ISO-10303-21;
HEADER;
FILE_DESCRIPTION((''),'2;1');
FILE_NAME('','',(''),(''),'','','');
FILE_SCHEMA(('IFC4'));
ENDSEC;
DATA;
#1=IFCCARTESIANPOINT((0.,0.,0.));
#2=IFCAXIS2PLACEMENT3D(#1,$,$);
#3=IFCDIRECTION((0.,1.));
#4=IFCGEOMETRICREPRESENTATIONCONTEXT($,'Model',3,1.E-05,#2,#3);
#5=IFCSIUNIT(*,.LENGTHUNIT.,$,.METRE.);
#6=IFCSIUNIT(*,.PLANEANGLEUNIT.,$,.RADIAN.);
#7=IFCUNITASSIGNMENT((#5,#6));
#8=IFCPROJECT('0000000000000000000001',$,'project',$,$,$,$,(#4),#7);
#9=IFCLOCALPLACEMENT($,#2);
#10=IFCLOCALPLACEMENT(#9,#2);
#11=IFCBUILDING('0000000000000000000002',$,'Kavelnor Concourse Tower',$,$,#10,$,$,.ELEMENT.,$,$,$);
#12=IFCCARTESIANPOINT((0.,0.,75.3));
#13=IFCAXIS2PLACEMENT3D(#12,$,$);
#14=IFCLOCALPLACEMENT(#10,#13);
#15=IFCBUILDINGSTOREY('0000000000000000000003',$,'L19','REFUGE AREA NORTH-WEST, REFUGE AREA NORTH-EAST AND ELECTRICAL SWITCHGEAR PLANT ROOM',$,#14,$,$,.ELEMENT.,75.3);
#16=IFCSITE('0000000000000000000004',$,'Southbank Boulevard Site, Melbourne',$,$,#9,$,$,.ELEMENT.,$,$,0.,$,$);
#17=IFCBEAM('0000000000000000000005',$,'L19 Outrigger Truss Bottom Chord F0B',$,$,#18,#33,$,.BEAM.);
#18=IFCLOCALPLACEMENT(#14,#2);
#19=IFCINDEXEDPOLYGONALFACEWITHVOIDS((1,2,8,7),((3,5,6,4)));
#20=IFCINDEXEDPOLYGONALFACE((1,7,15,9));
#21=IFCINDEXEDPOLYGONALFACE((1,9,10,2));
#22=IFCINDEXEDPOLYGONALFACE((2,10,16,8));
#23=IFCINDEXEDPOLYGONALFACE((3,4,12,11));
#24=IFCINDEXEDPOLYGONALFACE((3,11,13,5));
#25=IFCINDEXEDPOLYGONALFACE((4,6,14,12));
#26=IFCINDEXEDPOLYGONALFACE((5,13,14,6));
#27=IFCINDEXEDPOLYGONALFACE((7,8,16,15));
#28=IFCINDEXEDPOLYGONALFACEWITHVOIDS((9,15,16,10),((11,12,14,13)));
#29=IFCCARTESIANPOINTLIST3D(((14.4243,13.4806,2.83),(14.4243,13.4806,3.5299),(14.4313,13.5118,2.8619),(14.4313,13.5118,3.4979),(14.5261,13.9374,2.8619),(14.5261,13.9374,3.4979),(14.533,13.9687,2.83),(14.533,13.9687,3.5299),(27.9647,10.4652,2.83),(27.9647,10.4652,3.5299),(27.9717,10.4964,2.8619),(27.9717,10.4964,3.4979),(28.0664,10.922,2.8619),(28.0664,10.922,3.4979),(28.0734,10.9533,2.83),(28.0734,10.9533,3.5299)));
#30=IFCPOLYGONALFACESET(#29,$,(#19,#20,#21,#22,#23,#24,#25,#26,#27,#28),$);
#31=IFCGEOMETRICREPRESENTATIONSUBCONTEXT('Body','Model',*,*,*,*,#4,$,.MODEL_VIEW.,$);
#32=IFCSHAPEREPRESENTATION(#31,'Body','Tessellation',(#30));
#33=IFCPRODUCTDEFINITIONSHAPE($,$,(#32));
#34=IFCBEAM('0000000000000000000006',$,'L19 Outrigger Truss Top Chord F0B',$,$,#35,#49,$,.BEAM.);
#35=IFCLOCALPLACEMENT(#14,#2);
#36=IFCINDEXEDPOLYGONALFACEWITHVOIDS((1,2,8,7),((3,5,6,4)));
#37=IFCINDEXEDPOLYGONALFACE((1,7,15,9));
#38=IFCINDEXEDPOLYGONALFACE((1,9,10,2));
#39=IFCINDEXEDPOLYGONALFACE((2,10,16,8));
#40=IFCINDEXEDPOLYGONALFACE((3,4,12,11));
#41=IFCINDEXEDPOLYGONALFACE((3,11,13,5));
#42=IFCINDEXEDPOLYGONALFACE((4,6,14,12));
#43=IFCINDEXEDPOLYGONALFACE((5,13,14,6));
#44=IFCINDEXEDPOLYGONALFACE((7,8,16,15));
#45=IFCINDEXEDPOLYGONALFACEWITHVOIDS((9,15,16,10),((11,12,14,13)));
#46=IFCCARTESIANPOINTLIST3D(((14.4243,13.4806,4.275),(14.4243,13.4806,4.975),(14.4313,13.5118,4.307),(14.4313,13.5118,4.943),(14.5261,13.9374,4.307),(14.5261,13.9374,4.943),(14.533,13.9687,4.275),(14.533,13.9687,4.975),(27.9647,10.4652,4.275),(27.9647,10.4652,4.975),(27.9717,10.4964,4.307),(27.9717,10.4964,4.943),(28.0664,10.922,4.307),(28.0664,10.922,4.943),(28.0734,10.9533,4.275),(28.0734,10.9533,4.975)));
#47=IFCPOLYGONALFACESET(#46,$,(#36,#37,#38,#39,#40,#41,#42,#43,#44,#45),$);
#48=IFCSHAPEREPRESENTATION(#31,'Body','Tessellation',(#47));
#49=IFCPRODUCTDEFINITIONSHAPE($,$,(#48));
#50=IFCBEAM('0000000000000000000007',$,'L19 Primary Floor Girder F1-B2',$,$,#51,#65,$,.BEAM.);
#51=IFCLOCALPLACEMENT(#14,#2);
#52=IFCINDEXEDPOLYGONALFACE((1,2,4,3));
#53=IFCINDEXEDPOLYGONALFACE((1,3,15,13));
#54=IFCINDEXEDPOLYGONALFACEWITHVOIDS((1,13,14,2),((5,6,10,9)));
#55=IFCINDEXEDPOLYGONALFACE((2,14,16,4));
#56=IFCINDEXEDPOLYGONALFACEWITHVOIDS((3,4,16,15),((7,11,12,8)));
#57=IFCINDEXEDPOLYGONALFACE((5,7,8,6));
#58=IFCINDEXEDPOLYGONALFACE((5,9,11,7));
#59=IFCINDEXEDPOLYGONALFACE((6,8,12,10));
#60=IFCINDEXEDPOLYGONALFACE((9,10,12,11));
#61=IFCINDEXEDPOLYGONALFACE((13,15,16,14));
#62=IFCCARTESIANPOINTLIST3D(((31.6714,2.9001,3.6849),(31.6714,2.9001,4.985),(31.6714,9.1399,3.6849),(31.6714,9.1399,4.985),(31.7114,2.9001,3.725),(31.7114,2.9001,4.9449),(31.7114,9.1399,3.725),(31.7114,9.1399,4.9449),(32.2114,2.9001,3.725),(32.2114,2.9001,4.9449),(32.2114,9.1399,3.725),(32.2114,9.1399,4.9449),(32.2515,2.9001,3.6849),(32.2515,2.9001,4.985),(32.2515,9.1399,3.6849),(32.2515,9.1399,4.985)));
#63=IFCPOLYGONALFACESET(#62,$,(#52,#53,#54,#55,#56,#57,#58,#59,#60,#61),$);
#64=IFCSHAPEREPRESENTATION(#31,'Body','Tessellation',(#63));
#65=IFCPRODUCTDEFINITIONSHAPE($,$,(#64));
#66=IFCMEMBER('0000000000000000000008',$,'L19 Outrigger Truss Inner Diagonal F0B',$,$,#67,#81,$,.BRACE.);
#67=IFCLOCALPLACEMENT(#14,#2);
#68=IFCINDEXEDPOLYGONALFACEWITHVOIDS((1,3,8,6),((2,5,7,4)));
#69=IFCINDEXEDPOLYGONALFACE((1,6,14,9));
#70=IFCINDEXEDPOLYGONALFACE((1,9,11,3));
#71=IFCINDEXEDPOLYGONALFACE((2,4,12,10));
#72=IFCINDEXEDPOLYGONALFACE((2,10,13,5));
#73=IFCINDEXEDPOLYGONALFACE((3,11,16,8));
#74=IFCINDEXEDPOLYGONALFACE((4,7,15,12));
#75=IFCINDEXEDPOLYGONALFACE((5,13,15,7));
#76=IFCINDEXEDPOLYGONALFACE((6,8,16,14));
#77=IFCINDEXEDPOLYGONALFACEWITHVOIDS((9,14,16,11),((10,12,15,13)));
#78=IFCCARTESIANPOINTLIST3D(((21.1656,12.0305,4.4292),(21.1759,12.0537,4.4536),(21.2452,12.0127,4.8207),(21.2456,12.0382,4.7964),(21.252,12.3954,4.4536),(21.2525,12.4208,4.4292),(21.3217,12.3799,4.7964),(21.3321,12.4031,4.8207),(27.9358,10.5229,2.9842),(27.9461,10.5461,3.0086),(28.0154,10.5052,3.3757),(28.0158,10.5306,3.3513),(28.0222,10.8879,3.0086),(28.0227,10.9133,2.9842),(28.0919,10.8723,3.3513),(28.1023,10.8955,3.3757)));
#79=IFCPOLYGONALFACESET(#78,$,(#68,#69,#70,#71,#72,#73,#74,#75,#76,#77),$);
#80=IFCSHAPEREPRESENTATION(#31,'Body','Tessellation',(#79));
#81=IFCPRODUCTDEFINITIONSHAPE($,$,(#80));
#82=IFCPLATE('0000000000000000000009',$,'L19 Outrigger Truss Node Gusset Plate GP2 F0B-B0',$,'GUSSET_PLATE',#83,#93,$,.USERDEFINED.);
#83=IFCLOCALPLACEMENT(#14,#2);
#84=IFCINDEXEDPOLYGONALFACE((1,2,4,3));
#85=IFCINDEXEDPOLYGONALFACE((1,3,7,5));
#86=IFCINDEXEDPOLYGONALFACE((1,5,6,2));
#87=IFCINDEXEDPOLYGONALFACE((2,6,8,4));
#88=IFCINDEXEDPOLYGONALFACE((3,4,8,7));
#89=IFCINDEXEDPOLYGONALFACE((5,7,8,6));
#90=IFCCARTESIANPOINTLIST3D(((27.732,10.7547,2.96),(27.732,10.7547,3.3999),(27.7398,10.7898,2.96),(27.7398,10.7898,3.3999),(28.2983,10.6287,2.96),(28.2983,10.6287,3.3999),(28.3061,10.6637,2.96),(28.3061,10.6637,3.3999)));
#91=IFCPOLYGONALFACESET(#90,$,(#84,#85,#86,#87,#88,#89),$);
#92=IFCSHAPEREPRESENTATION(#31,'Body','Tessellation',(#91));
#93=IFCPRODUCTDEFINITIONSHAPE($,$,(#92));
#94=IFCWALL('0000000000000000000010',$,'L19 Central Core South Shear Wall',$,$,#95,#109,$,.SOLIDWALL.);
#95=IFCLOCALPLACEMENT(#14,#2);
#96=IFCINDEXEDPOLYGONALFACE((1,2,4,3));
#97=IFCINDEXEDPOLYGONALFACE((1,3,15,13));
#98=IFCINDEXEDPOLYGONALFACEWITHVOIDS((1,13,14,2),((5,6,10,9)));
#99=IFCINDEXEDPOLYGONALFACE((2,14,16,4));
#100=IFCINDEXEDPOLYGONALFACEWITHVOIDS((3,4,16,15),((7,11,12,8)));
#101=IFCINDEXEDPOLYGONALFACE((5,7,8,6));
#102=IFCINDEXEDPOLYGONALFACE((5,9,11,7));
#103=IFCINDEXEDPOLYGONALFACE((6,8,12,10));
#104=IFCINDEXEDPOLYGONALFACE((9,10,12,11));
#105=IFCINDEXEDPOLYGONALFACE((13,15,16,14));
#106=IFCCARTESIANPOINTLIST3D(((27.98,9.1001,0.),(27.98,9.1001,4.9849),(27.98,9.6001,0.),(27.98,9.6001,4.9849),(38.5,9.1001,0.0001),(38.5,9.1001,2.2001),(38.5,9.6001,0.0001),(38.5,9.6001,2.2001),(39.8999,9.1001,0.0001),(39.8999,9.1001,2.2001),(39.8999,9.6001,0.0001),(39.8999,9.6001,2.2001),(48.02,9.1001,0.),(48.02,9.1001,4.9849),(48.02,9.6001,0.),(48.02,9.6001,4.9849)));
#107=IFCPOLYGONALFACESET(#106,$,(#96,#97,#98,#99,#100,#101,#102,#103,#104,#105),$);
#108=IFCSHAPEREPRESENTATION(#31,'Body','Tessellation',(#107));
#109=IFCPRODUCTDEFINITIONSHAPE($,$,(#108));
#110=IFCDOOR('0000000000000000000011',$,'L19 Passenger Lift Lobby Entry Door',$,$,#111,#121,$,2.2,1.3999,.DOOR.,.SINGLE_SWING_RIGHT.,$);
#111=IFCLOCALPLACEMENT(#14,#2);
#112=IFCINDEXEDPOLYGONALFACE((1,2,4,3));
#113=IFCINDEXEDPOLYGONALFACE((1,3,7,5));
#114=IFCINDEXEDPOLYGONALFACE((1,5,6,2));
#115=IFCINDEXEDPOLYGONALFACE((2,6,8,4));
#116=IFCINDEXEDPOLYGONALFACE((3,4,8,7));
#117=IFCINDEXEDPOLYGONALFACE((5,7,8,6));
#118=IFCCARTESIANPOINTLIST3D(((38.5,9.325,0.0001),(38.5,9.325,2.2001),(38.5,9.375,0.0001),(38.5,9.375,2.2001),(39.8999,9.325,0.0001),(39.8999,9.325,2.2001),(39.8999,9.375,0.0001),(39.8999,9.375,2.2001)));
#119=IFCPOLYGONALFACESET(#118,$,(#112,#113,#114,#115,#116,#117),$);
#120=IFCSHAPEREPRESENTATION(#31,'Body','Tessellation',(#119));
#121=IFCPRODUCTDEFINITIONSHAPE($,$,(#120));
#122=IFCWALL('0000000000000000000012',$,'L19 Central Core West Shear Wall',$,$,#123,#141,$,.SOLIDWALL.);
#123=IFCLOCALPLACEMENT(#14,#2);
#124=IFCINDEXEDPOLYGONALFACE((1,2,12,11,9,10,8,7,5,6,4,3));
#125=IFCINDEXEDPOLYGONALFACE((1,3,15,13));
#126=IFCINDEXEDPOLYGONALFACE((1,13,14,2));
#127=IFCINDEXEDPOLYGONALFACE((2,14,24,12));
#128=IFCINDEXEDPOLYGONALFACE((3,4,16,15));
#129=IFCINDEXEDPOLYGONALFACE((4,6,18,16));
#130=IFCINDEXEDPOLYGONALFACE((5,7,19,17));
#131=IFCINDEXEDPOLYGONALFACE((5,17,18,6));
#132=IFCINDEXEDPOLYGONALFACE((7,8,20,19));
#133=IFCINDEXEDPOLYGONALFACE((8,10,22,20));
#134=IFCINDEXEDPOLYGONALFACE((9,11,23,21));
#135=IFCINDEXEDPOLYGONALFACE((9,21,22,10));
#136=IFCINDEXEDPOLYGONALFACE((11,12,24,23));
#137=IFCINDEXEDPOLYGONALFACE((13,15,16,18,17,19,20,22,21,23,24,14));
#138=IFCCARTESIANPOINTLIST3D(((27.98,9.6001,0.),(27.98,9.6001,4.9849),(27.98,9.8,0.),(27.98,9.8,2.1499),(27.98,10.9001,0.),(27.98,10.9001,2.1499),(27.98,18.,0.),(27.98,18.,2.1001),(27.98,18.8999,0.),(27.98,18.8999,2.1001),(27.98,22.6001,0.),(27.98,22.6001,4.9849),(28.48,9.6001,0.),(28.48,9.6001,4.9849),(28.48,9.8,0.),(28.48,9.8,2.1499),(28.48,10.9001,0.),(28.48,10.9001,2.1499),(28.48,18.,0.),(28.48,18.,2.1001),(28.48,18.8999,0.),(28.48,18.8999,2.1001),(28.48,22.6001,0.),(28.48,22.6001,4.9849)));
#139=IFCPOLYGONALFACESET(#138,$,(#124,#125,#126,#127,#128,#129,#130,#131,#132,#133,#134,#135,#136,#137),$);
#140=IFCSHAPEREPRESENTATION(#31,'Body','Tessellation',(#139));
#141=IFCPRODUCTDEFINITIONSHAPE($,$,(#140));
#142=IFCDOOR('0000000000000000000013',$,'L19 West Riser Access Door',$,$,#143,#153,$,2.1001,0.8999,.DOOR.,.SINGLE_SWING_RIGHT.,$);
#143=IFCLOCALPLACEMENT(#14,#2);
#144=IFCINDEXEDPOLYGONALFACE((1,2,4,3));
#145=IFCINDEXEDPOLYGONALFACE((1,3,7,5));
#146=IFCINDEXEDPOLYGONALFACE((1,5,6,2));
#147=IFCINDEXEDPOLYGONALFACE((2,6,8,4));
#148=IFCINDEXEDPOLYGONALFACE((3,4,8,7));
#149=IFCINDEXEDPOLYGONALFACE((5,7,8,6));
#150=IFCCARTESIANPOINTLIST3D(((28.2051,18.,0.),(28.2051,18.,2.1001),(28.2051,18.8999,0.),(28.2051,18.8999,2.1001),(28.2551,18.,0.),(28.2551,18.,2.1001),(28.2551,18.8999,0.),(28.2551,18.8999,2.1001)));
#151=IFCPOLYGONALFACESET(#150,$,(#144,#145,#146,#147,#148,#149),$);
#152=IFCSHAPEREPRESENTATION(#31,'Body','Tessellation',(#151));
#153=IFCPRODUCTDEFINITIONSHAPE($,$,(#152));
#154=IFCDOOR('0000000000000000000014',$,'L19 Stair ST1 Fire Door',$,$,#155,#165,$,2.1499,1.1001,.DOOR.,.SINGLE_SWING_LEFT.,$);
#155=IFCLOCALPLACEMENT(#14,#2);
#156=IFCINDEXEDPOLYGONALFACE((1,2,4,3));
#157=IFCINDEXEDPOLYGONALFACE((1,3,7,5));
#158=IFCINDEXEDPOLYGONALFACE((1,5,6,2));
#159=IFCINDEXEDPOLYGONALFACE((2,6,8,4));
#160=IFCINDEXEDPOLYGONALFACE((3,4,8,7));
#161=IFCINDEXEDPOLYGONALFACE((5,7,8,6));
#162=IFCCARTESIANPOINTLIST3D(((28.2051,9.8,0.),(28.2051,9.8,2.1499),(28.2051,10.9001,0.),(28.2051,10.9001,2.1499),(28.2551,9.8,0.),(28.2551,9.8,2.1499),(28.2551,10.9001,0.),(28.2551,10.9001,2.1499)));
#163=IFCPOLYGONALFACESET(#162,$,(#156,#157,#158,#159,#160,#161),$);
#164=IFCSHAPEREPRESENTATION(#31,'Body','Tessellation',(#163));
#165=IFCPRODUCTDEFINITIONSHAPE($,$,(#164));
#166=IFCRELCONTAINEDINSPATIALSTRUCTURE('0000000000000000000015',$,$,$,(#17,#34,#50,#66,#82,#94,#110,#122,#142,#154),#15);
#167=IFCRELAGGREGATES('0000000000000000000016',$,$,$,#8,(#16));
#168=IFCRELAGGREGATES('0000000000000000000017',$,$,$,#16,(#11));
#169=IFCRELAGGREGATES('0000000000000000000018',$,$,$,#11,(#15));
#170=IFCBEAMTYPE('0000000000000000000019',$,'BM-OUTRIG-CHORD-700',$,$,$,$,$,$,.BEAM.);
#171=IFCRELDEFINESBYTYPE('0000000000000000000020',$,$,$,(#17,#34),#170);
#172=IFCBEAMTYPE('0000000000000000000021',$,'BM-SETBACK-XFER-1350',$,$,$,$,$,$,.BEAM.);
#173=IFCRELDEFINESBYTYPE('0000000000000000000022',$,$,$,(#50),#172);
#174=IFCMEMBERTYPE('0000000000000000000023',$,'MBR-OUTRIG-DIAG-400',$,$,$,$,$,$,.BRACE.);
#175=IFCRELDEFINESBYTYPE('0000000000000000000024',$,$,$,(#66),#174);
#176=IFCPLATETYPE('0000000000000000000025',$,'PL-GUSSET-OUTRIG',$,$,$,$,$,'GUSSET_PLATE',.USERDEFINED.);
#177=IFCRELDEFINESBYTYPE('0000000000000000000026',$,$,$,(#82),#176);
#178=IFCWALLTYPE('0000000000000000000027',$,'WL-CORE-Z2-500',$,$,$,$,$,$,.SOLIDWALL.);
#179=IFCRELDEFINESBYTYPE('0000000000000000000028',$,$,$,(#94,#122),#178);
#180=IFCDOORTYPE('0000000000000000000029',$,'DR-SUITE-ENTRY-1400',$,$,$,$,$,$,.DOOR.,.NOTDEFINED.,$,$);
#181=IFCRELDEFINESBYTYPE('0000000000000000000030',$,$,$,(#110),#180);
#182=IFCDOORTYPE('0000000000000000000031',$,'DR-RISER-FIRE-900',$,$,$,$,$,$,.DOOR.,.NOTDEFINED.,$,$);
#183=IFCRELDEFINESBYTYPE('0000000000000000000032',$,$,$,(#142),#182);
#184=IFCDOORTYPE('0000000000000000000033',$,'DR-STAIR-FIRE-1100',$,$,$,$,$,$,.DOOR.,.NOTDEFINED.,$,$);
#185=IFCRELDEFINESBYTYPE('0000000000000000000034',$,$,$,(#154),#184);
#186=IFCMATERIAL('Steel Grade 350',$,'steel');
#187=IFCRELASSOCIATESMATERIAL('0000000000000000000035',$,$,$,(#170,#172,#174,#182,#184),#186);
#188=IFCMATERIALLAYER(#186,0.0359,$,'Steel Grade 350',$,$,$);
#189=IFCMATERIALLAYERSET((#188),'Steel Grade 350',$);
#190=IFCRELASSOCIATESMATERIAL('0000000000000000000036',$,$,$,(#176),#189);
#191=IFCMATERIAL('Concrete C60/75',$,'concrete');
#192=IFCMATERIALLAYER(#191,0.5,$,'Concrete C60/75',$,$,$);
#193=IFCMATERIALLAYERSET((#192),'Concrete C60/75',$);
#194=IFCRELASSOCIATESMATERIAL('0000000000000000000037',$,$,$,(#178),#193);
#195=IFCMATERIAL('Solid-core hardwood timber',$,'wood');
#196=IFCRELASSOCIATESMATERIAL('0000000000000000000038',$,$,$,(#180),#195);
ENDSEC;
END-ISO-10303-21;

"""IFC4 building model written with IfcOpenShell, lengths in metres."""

from ifc_helpers import new_model, si_unit, direction, frame, frame_2d, origin, origin_2d, place, context, subcontext, project, spatial, rectangle, hollow_rectangle, extrude, material, layer, layer_set, material_profile, profile_set, type_object, element, fill, save


model = new_model("IFC4")

# Units and contexts
model_context = context("Model", 3, precision=1e-05, world=origin(), true_north=direction((0.0, 1.0)))
body_context = subcontext(model_context, "Body", "Model", "MODEL_VIEW")
ifc_project = project(units=[si_unit("LENGTHUNIT", "METRE"), si_unit("PLANEANGLEUNIT", "RADIAN")], contexts=[model_context])

# Site, building, storey
site_placement = place(None, origin())
site = spatial("IfcSite", under=ifc_project, at=site_placement, Name="Southbank Boulevard Site, Melbourne", CompositionType="ELEMENT", RefElevation=0.0)
building_placement = place(site_placement, origin())
building = spatial("IfcBuilding", under=site, at=building_placement, Name="Kavelnor Concourse Tower", CompositionType="ELEMENT")
storey_placement = place(building_placement, frame((0.0, 0.0, 75.3)))
storey = spatial("IfcBuildingStorey", under=building, at=storey_placement, Name="L19", Description="REFUGE AREA NORTH-WEST, REFUGE AREA NORTH-EAST AND ELECTRICAL SWITCHGEAR PLANT ROOM", CompositionType="ELEMENT", Elevation=75.3)

# Beams
ifc_material_1 = material(Name="Steel Grade 350", Category="steel")
ifc_material_profile_1 = material_profile(ifc_material_1, hollow_rectangle(XDim=0.5, YDim=0.7, WallThickness=0.032, at=origin_2d()), Name="RHS 700x500x32")
ifc_profile_set_1 = profile_set([ifc_material_profile_1], Name="Steel Grade 350")
beam_type_1 = type_object("IfcBeamType", Name="BM-OUTRIG-CHORD-700", PredefinedType="BEAM", material=ifc_profile_set_1)
for number, where, z_axis, x_axis, name in (
    (1, (28.019, 10.7092, 3.1799), (-0.976089, 0.217372, 0.0), (-0.217372, -0.976089, 0.0), "L19 Outrigger Truss Bottom Chord F0B"),
    (2, (28.019, 10.7092, 4.625), (-0.976089, 0.217372, 0.0), (-0.217372, -0.976089, 0.0), "L19 Outrigger Truss Top Chord F0B"),
):
    element("IfcBeam", number, at=place(storey_placement, frame(where, z_axis=z_axis, x_axis=x_axis)), inside=storey, type_object=beam_type_1, Name=name, PredefinedType="BEAM", context=body_context, shape_type="SweptSolid", body=[
        extrude(hollow_rectangle(XDim=0.5, YDim=0.7, WallThickness=0.032, at=origin_2d()), origin(), (0.0, 0.0, 1.0), 13.8721),
    ])
ifc_material_profile_2 = material_profile(ifc_material_1, hollow_rectangle(XDim=0.5801, YDim=1.3, WallThickness=0.04, at=origin_2d()), Name="RHS 1300x580x40")
ifc_profile_set_2 = profile_set([ifc_material_profile_2], Name="Steel Grade 350")
beam_type_2 = type_object("IfcBeamType", Name="BM-SETBACK-XFER-1350", PredefinedType="BEAM", material=ifc_profile_set_2)
beam_placement = place(storey_placement, frame((31.9614, 9.1399, 4.335), z_axis=(0.0, -1.0, 0.0), x_axis=(1.0, 0.0, 0.0)))
element("IfcBeam", 3, at=beam_placement, inside=storey, type_object=beam_type_2, Name="L19 Primary Floor Girder F1-B2", PredefinedType="BEAM", context=body_context, shape_type="SweptSolid", body=[
    extrude(hollow_rectangle(XDim=0.5801, YDim=1.3, WallThickness=0.04, at=origin_2d()), origin(), (0.0, 0.0, 1.0), 6.2397),
])

# Member
ifc_material_profile_3 = material_profile(ifc_material_1, hollow_rectangle(XDim=0.3999, YDim=0.3999, WallThickness=0.0249, at=origin_2d()), Name="SHS 400x400x25")
ifc_profile_set_3 = profile_set([ifc_material_profile_3], Name="Steel Grade 350")
member_type = type_object("IfcMemberType", Name="MBR-OUTRIG-DIAG-400", PredefinedType="BRACE", material=ifc_profile_set_3)
member_placement = place(storey_placement, frame((28.019, 10.7092, 3.1799), z_axis=(-0.955575, 0.212783, 0.203961), x_axis=(-0.217352, -0.976093, 0.0)))
element("IfcMember", 4, at=member_placement, inside=storey, type_object=member_type, Name="L19 Outrigger Truss Inner Diagonal F0B", PredefinedType="BRACE", context=body_context, shape_type="SweptSolid", body=[
    extrude(hollow_rectangle(XDim=0.3999, YDim=0.3999, WallThickness=0.0249, at=origin_2d()), origin(), (0.0, 0.0, 1.0), 7.085),
])

# Plate
ifc_layer_1 = layer(ifc_material_1, 0.0359, Name="Steel Grade 350")
ifc_layer_set_1 = layer_set([ifc_layer_1], Name="Steel Grade 350")
plate_type = type_object("IfcPlateType", Name="PL-GUSSET-OUTRIG", ElementType="GUSSET_PLATE", PredefinedType="USERDEFINED", material=ifc_layer_set_1)
plate_placement = place(storey_placement, frame((28.019, 10.7092, 2.96), z_axis=(0.0, 0.0, 1.0), x_axis=(-0.976107, 0.217292, 0.0)))
element("IfcPlate", 5, at=plate_placement, inside=storey, type_object=plate_type, Name="L19 Outrigger Truss Node Gusset Plate GP2 F0B-B0", ObjectType="GUSSET_PLATE", PredefinedType="USERDEFINED", context=body_context, shape_type="SweptSolid", body=[
    extrude(rectangle(XDim=0.5801, YDim=0.0359, at=origin_2d()), origin(), (0.0, 0.0, 1.0), 0.4399),
])

# Wall, opening, door
ifc_material_2 = material(Name="Concrete C60/75", Category="concrete")
ifc_layer_2 = layer(ifc_material_2, 0.5, Name="Concrete C60/75")
ifc_layer_set_2 = layer_set([ifc_layer_2], Name="Concrete C60/75")
wall_type_1 = type_object("IfcWallType", Name="WL-CORE-Z2-500", PredefinedType="SOLIDWALL", material=ifc_layer_set_2)
wall_1_placement = place(storey_placement, frame((27.98, 9.3501, 0.0), z_axis=(0.0, 0.0, 1.0), x_axis=(1.0, 0.0, 0.0)))
wall_1 = element("IfcWall", 6, at=wall_1_placement, inside=storey, type_object=wall_type_1, Name="L19 Central Core South Shear Wall", PredefinedType="SOLIDWALL", context=body_context, shape_type="SweptSolid", body=[
    extrude(rectangle(XDim=20.04, YDim=0.5, at=frame_2d((10.02, 0.0))), origin(), (0.0, 0.0, 1.0), 4.9849),
])
opening_1_placement = place(wall_1_placement, frame((10.52, 0.0, 0.0)))
opening_1 = element("IfcOpeningElement", 7, at=opening_1_placement, cuts=wall_1, PredefinedType="OPENING", context=body_context, shape_type="SweptSolid", body=[
    extrude(rectangle(XDim=1.3999, YDim=2.2, at=frame_2d((0.7, 1.1001))), frame((0.0, 0.26, 0.0), z_axis=(0.0, -1.0, 0.0), x_axis=(1.0, 0.0, 0.0)), (0.0, 0.0, 1.0), 0.52),
])
ifc_material_3 = material(Name="Solid-core hardwood timber", Category="wood")
door_type_1 = type_object("IfcDoorType", Name="DR-SUITE-ENTRY-1400", OperationType="NOTDEFINED", PredefinedType="DOOR", material=ifc_material_3)
door_1_placement = place(opening_1_placement, origin())
door_1 = element("IfcDoor", 8, at=door_1_placement, inside=storey, type_object=door_type_1, Name="L19 Passenger Lift Lobby Entry Door", OperationType="SINGLE_SWING_RIGHT", OverallHeight=2.2, OverallWidth=1.3999, PredefinedType="DOOR", context=body_context, shape_type="SweptSolid", body=[
    extrude(rectangle(XDim=1.3999, YDim=2.2, at=frame_2d((0.7, 1.1001))), frame((0.0, 0.0249, 0.0), z_axis=(0.0, -1.0, 0.0), x_axis=(1.0, 0.0, 0.0)), (0.0, 0.0, 1.0), 0.05),
])
fill(opening_1, door_1)

# Wall, openings, doors
wall_2_placement = place(storey_placement, frame((28.23, 9.6001, 0.0), z_axis=(0.0, 0.0, 1.0), x_axis=(0.0, 1.0, 0.0)))
wall_2 = element("IfcWall", 9, at=wall_2_placement, inside=storey, type_object=wall_type_1, Name="L19 Central Core West Shear Wall", PredefinedType="SOLIDWALL", context=body_context, shape_type="SweptSolid", body=[
    extrude(rectangle(XDim=13.0, YDim=0.5, at=frame_2d((6.5, 0.0))), origin(), (0.0, 0.0, 1.0), 4.9849),
])
opening_2_placement = place(wall_2_placement, frame((0.2, 0.0, 0.0)))
opening_2 = element("IfcOpeningElement", 10, at=opening_2_placement, cuts=wall_2, PredefinedType="OPENING", context=body_context, shape_type="SweptSolid", body=[
    extrude(rectangle(XDim=1.1001, YDim=2.1499, at=frame_2d((0.55, 1.075))), frame((0.0, 0.26, 0.0), z_axis=(0.0, -1.0, 0.0), x_axis=(1.0, 0.0, 0.0)), (0.0, 0.0, 1.0), 0.52),
])
opening_3_placement = place(wall_2_placement, frame((8.3999, 0.0, 0.0)))
opening_3 = element("IfcOpeningElement", 11, at=opening_3_placement, cuts=wall_2, PredefinedType="OPENING", context=body_context, shape_type="SweptSolid", body=[
    extrude(rectangle(XDim=0.8999, YDim=2.1001, at=frame_2d((0.45, 1.05))), frame((0.0, 0.26, 0.0), z_axis=(0.0, -1.0, 0.0), x_axis=(1.0, 0.0, 0.0)), (0.0, 0.0, 1.0), 0.52),
])
door_type_2 = type_object("IfcDoorType", Name="DR-RISER-FIRE-900", OperationType="NOTDEFINED", PredefinedType="DOOR", material=ifc_material_1)
door_2_placement = place(opening_3_placement, origin())
door_2 = element("IfcDoor", 12, at=door_2_placement, inside=storey, type_object=door_type_2, Name="L19 West Riser Access Door", OperationType="SINGLE_SWING_RIGHT", OverallHeight=2.1001, OverallWidth=0.8999, PredefinedType="DOOR", context=body_context, shape_type="SweptSolid", body=[
    extrude(rectangle(XDim=0.8999, YDim=2.1001, at=frame_2d((0.45, 1.05))), frame((0.0, 0.0249, 0.0), z_axis=(0.0, -1.0, 0.0), x_axis=(1.0, 0.0, 0.0)), (0.0, 0.0, 1.0), 0.05),
])
fill(opening_3, door_2)
door_type_3 = type_object("IfcDoorType", Name="DR-STAIR-FIRE-1100", OperationType="NOTDEFINED", PredefinedType="DOOR", material=ifc_material_1)
door_3_placement = place(opening_2_placement, origin())
door_3 = element("IfcDoor", 13, at=door_3_placement, inside=storey, type_object=door_type_3, Name="L19 Stair ST1 Fire Door", OperationType="SINGLE_SWING_LEFT", OverallHeight=2.1499, OverallWidth=1.1001, PredefinedType="DOOR", context=body_context, shape_type="SweptSolid", body=[
    extrude(rectangle(XDim=1.1001, YDim=2.1499, at=frame_2d((0.55, 1.075))), frame((0.0, 0.0249, 0.0), z_axis=(0.0, -1.0, 0.0), x_axis=(1.0, 0.0, 0.0)), (0.0, 0.0, 1.0), 0.05),
])
fill(opening_2, door_3)

save(model, "model.ifc")
